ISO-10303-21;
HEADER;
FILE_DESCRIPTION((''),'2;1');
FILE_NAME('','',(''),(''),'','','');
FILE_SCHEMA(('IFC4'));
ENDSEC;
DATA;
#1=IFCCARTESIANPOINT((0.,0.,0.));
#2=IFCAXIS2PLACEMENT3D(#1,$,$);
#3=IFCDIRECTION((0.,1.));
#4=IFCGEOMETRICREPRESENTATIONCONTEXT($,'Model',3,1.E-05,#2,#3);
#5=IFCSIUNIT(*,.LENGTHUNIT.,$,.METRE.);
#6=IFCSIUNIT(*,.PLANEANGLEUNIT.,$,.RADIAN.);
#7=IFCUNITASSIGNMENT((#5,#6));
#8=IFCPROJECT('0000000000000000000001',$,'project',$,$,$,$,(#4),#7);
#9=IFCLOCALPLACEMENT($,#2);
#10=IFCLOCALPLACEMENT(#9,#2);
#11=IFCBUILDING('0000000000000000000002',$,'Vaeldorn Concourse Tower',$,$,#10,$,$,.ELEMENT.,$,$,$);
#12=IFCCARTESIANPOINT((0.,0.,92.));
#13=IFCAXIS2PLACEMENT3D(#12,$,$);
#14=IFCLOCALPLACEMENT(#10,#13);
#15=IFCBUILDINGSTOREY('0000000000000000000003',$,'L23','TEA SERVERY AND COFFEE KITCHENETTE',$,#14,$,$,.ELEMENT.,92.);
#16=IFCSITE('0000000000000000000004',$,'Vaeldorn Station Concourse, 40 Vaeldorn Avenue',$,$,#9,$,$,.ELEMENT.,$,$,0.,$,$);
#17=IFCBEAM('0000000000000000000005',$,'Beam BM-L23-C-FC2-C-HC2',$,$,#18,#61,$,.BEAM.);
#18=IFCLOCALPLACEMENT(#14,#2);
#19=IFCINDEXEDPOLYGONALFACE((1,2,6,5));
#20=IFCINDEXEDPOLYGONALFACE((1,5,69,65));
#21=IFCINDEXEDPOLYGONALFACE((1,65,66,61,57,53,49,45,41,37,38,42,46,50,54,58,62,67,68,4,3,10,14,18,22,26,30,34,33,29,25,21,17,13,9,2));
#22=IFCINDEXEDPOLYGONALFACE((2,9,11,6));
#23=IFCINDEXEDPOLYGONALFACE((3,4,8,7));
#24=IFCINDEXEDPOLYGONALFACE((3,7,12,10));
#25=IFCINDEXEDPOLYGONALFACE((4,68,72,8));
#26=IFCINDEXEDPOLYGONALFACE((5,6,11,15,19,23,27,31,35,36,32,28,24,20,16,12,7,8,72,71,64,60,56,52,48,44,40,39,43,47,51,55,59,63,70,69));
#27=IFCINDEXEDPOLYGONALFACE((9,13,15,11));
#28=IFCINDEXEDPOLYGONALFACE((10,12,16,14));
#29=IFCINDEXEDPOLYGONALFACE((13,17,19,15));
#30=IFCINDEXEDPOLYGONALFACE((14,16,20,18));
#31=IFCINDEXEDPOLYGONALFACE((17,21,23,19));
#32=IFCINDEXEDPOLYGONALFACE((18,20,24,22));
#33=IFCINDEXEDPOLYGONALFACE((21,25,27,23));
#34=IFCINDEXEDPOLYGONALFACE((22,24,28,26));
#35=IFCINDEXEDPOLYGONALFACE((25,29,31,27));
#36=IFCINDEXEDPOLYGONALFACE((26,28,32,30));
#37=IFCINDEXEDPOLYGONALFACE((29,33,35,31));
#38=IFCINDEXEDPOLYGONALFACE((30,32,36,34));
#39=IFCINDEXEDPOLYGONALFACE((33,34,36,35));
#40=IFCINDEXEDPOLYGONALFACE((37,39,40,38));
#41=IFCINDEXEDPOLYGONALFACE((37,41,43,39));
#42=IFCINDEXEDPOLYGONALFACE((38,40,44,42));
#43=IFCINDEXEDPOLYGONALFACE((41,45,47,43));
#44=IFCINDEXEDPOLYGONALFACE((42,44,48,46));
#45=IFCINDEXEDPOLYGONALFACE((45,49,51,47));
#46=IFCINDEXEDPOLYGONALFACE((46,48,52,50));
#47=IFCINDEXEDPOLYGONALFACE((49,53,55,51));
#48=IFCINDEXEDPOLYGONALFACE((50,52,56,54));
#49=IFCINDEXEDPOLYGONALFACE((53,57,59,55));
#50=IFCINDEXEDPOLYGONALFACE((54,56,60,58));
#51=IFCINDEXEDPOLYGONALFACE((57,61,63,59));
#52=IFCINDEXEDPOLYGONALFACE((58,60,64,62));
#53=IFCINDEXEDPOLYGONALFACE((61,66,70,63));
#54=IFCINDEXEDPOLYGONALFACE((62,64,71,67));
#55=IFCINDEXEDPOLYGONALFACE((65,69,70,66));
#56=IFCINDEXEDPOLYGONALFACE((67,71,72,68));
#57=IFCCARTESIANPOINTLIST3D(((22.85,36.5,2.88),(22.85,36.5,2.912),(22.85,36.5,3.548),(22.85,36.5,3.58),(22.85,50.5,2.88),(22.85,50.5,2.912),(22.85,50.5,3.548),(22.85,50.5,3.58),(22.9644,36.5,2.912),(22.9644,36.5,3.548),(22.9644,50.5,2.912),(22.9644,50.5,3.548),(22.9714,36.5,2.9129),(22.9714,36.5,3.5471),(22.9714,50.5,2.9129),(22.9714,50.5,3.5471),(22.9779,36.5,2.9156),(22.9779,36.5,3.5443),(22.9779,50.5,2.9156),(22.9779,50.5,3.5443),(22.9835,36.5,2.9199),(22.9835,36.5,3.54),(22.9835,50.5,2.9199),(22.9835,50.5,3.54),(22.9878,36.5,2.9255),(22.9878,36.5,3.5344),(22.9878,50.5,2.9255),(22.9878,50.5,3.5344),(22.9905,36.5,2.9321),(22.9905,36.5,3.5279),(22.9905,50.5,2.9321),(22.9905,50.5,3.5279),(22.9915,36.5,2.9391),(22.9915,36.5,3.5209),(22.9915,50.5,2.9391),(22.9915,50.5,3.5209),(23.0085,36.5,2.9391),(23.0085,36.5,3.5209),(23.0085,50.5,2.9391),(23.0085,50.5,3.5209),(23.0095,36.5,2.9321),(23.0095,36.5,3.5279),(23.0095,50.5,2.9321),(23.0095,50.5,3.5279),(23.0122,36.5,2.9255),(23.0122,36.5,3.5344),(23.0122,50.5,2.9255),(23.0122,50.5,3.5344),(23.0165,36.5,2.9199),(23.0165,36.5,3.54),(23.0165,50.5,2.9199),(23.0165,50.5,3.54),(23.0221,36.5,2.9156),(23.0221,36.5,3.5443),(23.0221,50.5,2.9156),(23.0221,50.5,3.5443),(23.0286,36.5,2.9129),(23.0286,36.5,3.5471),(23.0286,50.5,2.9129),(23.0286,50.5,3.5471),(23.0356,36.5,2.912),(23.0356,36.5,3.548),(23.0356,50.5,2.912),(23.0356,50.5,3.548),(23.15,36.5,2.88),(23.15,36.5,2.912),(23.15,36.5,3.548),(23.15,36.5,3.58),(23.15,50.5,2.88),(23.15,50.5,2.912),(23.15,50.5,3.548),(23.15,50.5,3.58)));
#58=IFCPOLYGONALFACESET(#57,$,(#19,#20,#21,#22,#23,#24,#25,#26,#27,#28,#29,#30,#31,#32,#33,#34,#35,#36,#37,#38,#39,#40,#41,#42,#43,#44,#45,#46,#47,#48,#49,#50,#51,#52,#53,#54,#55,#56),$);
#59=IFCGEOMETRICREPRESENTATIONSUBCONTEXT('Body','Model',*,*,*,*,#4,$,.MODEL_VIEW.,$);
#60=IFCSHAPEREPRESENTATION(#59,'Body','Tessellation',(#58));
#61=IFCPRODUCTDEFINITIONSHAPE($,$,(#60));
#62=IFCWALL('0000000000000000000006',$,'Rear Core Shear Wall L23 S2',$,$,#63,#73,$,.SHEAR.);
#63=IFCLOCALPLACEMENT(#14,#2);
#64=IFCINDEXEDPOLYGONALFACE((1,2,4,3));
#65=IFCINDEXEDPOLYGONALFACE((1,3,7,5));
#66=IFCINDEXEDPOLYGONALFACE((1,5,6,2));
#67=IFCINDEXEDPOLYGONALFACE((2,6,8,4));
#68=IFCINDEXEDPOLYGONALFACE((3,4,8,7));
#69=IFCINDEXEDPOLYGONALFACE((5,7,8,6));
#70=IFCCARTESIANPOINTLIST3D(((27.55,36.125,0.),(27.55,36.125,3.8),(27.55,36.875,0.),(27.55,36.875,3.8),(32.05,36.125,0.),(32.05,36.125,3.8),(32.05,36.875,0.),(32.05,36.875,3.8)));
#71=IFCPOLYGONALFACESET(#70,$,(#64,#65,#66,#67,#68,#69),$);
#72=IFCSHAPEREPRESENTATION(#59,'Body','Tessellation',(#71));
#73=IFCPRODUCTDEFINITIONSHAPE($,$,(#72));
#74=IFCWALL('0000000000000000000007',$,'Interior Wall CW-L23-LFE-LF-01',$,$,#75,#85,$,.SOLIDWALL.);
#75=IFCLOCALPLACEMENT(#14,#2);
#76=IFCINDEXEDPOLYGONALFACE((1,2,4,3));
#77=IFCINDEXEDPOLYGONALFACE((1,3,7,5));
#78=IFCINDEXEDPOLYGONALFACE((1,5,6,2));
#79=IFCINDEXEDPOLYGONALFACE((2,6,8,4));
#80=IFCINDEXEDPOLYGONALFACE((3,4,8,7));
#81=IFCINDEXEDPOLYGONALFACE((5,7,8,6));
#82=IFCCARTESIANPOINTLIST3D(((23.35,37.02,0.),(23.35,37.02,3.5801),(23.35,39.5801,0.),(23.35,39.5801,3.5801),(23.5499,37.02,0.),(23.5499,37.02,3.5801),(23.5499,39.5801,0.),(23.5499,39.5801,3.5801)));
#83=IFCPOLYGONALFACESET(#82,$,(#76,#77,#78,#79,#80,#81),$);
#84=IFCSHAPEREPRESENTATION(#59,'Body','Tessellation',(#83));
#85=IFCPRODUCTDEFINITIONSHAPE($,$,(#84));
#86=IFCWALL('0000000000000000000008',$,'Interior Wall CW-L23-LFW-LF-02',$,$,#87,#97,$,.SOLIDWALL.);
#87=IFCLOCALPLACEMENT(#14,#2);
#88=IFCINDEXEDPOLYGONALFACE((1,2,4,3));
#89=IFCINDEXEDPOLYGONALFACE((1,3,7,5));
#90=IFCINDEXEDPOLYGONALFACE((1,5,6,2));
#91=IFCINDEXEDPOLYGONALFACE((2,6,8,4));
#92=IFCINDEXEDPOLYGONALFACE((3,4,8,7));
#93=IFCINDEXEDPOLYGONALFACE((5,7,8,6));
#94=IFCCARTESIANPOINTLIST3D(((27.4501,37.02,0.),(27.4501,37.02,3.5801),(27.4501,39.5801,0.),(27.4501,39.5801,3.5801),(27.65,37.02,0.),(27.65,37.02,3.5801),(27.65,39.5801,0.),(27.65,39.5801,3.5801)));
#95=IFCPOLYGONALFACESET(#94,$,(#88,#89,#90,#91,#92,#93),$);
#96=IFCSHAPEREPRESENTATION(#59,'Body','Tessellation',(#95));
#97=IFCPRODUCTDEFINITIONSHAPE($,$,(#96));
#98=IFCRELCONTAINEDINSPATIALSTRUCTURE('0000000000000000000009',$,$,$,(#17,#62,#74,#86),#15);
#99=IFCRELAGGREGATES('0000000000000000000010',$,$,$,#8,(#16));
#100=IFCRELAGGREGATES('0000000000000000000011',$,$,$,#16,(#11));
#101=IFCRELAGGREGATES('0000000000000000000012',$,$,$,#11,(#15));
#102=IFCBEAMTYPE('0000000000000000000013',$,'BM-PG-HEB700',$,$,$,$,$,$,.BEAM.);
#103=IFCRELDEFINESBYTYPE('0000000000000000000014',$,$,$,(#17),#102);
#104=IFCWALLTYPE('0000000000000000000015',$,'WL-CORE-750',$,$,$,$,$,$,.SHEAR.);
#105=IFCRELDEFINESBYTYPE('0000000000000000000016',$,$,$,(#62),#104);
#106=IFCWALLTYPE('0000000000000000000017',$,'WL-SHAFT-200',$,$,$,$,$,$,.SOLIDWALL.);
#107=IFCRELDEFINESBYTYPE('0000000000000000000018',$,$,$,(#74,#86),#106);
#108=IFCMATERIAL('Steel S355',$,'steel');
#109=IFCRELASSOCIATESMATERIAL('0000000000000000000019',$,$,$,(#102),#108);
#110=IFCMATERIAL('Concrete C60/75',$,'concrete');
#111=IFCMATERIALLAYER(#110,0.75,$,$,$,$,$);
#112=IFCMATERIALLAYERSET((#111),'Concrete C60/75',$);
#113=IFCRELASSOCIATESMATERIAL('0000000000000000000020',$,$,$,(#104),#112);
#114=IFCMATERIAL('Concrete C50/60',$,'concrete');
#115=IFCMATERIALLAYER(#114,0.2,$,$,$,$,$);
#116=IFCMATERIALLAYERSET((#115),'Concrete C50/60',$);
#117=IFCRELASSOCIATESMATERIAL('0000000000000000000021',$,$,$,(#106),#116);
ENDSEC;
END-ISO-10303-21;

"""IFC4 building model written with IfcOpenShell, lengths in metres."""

from ifc_helpers import new_model, si_unit, direction, frame, frame_2d, origin, origin_2d, place, context, subcontext, project, spatial, rectangle, i_section, extrude, source, transform, mapped, material, layer, layer_set, material_profile, profile_set, type_object, element, save


model = new_model("IFC4")

# Units and contexts
model_context = context("Model", 3, precision=1e-05, world=origin(), true_north=direction((0.0, 1.0)))
body_context = subcontext(model_context, "Body", "Model", "MODEL_VIEW")
ifc_project = project(units=[si_unit("LENGTHUNIT", "METRE"), si_unit("PLANEANGLEUNIT", "RADIAN")], contexts=[model_context])

# Site, building, storey
site_placement = place(None, origin())
site = spatial("IfcSite", under=ifc_project, at=site_placement, Name="Vaeldorn Station Concourse, 40 Vaeldorn Avenue", CompositionType="ELEMENT", RefElevation=0.0)
building_placement = place(site_placement, origin())
building = spatial("IfcBuilding", under=site, at=building_placement, Name="Vaeldorn Concourse Tower", CompositionType="ELEMENT")
storey_placement = place(building_placement, frame((0.0, 0.0, 92.0)))
storey = spatial("IfcBuildingStorey", under=building, at=storey_placement, Name="L23", Description="TEA SERVERY AND COFFEE KITCHENETTE", CompositionType="ELEMENT", Elevation=92.0)

# Beam
ifc_material_1 = material(Name="Steel S355", Category="steel")
ifc_material_profile_1 = material_profile(ifc_material_1, i_section(OverallWidth=0.3, OverallDepth=0.7, WebThickness=0.0171, FlangeThickness=0.032, FilletRadius=0.0271, at=origin_2d()), Name="HEB 700")
ifc_profile_set_1 = profile_set([ifc_material_profile_1], Name="Steel S355")
beam_type_1 = type_object("IfcBeamType", Name="BM-PG-HEB700", PredefinedType="BEAM", material=ifc_profile_set_1)
shared_shape_1 = source(origin(), body_context, "Body", "SweptSolid", [
    extrude(i_section(OverallWidth=0.3, OverallDepth=0.7, WebThickness=0.0171, FlangeThickness=0.032, FilletRadius=0.0271, at=origin_2d()), origin(), (0.0, 0.0, 1.0), 14.0),
])
beam_1_placement = place(storey_placement, frame((23.0, 36.5, 3.23), z_axis=(0.0, 1.0, 0.0), x_axis=(-1.0, 0.0, 0.0)))
element("IfcBeam", 1, at=beam_1_placement, inside=storey, type_object=beam_type_1, Name="Beam BM-L23-C-FC2-C-HC2", PredefinedType="BEAM", context=body_context, shape_type="MappedRepresentation", body=[
    mapped(shared_shape_1, transform((0.0, 0.0, 0.0), scale=1.0)),
])

# Walls
ifc_material_2 = material(Name="Concrete C60/75", Category="concrete")
ifc_layer_1 = layer(ifc_material_2, 0.75)
ifc_layer_set_1 = layer_set([ifc_layer_1], Name="Concrete C60/75")
wall_type_1 = type_object("IfcWallType", Name="WL-CORE-750", PredefinedType="SHEAR", material=ifc_layer_set_1)
wall_1_placement = place(storey_placement, frame((27.55, 36.5, 0.0), z_axis=(0.0, 0.0, 1.0), x_axis=(1.0, 0.0, 0.0)))
element("IfcWall", 2, at=wall_1_placement, inside=storey, type_object=wall_type_1, Name="Rear Core Shear Wall L23 S2", PredefinedType="SHEAR", context=body_context, shape_type="SweptSolid", body=[
    extrude(rectangle(XDim=4.5, YDim=0.75, at=frame_2d((2.25, 0.0))), origin(), (0.0, 0.0, 1.0), 3.8),
])
ifc_material_3 = material(Name="Concrete C50/60", Category="concrete")
ifc_layer_2 = layer(ifc_material_3, 0.2)
ifc_layer_set_2 = layer_set([ifc_layer_2], Name="Concrete C50/60")
wall_type_2 = type_object("IfcWallType", Name="WL-SHAFT-200", PredefinedType="SOLIDWALL", material=ifc_layer_set_2)
wall_2_placement = place(storey_placement, frame((23.45, 37.02, 0.0), z_axis=(0.0, 0.0, 1.0), x_axis=(0.0, 1.0, 0.0)))
element("IfcWall", 3, at=wall_2_placement, inside=storey, type_object=wall_type_2, Name="Interior Wall CW-L23-LFE-LF-01", PredefinedType="SOLIDWALL", context=body_context, shape_type="SweptSolid", body=[
    extrude(rectangle(XDim=2.5601, YDim=0.2, at=frame_2d((1.28, 0.0))), origin(), (0.0, 0.0, 1.0), 3.5801),
])

# Wall
wall_3_placement = place(storey_placement, frame((27.55, 37.02, 0.0), z_axis=(0.0, 0.0, 1.0), x_axis=(0.0, 1.0, 0.0)))
element("IfcWall", 4, at=wall_3_placement, inside=storey, type_object=wall_type_2, Name="Interior Wall CW-L23-LFW-LF-02", PredefinedType="SOLIDWALL", context=body_context, shape_type="SweptSolid", body=[
    extrude(rectangle(XDim=2.5601, YDim=0.2, at=frame_2d((1.28, 0.0))), origin(), (0.0, 0.0, 1.0), 3.5801),
])

save(model, "model.ifc")
